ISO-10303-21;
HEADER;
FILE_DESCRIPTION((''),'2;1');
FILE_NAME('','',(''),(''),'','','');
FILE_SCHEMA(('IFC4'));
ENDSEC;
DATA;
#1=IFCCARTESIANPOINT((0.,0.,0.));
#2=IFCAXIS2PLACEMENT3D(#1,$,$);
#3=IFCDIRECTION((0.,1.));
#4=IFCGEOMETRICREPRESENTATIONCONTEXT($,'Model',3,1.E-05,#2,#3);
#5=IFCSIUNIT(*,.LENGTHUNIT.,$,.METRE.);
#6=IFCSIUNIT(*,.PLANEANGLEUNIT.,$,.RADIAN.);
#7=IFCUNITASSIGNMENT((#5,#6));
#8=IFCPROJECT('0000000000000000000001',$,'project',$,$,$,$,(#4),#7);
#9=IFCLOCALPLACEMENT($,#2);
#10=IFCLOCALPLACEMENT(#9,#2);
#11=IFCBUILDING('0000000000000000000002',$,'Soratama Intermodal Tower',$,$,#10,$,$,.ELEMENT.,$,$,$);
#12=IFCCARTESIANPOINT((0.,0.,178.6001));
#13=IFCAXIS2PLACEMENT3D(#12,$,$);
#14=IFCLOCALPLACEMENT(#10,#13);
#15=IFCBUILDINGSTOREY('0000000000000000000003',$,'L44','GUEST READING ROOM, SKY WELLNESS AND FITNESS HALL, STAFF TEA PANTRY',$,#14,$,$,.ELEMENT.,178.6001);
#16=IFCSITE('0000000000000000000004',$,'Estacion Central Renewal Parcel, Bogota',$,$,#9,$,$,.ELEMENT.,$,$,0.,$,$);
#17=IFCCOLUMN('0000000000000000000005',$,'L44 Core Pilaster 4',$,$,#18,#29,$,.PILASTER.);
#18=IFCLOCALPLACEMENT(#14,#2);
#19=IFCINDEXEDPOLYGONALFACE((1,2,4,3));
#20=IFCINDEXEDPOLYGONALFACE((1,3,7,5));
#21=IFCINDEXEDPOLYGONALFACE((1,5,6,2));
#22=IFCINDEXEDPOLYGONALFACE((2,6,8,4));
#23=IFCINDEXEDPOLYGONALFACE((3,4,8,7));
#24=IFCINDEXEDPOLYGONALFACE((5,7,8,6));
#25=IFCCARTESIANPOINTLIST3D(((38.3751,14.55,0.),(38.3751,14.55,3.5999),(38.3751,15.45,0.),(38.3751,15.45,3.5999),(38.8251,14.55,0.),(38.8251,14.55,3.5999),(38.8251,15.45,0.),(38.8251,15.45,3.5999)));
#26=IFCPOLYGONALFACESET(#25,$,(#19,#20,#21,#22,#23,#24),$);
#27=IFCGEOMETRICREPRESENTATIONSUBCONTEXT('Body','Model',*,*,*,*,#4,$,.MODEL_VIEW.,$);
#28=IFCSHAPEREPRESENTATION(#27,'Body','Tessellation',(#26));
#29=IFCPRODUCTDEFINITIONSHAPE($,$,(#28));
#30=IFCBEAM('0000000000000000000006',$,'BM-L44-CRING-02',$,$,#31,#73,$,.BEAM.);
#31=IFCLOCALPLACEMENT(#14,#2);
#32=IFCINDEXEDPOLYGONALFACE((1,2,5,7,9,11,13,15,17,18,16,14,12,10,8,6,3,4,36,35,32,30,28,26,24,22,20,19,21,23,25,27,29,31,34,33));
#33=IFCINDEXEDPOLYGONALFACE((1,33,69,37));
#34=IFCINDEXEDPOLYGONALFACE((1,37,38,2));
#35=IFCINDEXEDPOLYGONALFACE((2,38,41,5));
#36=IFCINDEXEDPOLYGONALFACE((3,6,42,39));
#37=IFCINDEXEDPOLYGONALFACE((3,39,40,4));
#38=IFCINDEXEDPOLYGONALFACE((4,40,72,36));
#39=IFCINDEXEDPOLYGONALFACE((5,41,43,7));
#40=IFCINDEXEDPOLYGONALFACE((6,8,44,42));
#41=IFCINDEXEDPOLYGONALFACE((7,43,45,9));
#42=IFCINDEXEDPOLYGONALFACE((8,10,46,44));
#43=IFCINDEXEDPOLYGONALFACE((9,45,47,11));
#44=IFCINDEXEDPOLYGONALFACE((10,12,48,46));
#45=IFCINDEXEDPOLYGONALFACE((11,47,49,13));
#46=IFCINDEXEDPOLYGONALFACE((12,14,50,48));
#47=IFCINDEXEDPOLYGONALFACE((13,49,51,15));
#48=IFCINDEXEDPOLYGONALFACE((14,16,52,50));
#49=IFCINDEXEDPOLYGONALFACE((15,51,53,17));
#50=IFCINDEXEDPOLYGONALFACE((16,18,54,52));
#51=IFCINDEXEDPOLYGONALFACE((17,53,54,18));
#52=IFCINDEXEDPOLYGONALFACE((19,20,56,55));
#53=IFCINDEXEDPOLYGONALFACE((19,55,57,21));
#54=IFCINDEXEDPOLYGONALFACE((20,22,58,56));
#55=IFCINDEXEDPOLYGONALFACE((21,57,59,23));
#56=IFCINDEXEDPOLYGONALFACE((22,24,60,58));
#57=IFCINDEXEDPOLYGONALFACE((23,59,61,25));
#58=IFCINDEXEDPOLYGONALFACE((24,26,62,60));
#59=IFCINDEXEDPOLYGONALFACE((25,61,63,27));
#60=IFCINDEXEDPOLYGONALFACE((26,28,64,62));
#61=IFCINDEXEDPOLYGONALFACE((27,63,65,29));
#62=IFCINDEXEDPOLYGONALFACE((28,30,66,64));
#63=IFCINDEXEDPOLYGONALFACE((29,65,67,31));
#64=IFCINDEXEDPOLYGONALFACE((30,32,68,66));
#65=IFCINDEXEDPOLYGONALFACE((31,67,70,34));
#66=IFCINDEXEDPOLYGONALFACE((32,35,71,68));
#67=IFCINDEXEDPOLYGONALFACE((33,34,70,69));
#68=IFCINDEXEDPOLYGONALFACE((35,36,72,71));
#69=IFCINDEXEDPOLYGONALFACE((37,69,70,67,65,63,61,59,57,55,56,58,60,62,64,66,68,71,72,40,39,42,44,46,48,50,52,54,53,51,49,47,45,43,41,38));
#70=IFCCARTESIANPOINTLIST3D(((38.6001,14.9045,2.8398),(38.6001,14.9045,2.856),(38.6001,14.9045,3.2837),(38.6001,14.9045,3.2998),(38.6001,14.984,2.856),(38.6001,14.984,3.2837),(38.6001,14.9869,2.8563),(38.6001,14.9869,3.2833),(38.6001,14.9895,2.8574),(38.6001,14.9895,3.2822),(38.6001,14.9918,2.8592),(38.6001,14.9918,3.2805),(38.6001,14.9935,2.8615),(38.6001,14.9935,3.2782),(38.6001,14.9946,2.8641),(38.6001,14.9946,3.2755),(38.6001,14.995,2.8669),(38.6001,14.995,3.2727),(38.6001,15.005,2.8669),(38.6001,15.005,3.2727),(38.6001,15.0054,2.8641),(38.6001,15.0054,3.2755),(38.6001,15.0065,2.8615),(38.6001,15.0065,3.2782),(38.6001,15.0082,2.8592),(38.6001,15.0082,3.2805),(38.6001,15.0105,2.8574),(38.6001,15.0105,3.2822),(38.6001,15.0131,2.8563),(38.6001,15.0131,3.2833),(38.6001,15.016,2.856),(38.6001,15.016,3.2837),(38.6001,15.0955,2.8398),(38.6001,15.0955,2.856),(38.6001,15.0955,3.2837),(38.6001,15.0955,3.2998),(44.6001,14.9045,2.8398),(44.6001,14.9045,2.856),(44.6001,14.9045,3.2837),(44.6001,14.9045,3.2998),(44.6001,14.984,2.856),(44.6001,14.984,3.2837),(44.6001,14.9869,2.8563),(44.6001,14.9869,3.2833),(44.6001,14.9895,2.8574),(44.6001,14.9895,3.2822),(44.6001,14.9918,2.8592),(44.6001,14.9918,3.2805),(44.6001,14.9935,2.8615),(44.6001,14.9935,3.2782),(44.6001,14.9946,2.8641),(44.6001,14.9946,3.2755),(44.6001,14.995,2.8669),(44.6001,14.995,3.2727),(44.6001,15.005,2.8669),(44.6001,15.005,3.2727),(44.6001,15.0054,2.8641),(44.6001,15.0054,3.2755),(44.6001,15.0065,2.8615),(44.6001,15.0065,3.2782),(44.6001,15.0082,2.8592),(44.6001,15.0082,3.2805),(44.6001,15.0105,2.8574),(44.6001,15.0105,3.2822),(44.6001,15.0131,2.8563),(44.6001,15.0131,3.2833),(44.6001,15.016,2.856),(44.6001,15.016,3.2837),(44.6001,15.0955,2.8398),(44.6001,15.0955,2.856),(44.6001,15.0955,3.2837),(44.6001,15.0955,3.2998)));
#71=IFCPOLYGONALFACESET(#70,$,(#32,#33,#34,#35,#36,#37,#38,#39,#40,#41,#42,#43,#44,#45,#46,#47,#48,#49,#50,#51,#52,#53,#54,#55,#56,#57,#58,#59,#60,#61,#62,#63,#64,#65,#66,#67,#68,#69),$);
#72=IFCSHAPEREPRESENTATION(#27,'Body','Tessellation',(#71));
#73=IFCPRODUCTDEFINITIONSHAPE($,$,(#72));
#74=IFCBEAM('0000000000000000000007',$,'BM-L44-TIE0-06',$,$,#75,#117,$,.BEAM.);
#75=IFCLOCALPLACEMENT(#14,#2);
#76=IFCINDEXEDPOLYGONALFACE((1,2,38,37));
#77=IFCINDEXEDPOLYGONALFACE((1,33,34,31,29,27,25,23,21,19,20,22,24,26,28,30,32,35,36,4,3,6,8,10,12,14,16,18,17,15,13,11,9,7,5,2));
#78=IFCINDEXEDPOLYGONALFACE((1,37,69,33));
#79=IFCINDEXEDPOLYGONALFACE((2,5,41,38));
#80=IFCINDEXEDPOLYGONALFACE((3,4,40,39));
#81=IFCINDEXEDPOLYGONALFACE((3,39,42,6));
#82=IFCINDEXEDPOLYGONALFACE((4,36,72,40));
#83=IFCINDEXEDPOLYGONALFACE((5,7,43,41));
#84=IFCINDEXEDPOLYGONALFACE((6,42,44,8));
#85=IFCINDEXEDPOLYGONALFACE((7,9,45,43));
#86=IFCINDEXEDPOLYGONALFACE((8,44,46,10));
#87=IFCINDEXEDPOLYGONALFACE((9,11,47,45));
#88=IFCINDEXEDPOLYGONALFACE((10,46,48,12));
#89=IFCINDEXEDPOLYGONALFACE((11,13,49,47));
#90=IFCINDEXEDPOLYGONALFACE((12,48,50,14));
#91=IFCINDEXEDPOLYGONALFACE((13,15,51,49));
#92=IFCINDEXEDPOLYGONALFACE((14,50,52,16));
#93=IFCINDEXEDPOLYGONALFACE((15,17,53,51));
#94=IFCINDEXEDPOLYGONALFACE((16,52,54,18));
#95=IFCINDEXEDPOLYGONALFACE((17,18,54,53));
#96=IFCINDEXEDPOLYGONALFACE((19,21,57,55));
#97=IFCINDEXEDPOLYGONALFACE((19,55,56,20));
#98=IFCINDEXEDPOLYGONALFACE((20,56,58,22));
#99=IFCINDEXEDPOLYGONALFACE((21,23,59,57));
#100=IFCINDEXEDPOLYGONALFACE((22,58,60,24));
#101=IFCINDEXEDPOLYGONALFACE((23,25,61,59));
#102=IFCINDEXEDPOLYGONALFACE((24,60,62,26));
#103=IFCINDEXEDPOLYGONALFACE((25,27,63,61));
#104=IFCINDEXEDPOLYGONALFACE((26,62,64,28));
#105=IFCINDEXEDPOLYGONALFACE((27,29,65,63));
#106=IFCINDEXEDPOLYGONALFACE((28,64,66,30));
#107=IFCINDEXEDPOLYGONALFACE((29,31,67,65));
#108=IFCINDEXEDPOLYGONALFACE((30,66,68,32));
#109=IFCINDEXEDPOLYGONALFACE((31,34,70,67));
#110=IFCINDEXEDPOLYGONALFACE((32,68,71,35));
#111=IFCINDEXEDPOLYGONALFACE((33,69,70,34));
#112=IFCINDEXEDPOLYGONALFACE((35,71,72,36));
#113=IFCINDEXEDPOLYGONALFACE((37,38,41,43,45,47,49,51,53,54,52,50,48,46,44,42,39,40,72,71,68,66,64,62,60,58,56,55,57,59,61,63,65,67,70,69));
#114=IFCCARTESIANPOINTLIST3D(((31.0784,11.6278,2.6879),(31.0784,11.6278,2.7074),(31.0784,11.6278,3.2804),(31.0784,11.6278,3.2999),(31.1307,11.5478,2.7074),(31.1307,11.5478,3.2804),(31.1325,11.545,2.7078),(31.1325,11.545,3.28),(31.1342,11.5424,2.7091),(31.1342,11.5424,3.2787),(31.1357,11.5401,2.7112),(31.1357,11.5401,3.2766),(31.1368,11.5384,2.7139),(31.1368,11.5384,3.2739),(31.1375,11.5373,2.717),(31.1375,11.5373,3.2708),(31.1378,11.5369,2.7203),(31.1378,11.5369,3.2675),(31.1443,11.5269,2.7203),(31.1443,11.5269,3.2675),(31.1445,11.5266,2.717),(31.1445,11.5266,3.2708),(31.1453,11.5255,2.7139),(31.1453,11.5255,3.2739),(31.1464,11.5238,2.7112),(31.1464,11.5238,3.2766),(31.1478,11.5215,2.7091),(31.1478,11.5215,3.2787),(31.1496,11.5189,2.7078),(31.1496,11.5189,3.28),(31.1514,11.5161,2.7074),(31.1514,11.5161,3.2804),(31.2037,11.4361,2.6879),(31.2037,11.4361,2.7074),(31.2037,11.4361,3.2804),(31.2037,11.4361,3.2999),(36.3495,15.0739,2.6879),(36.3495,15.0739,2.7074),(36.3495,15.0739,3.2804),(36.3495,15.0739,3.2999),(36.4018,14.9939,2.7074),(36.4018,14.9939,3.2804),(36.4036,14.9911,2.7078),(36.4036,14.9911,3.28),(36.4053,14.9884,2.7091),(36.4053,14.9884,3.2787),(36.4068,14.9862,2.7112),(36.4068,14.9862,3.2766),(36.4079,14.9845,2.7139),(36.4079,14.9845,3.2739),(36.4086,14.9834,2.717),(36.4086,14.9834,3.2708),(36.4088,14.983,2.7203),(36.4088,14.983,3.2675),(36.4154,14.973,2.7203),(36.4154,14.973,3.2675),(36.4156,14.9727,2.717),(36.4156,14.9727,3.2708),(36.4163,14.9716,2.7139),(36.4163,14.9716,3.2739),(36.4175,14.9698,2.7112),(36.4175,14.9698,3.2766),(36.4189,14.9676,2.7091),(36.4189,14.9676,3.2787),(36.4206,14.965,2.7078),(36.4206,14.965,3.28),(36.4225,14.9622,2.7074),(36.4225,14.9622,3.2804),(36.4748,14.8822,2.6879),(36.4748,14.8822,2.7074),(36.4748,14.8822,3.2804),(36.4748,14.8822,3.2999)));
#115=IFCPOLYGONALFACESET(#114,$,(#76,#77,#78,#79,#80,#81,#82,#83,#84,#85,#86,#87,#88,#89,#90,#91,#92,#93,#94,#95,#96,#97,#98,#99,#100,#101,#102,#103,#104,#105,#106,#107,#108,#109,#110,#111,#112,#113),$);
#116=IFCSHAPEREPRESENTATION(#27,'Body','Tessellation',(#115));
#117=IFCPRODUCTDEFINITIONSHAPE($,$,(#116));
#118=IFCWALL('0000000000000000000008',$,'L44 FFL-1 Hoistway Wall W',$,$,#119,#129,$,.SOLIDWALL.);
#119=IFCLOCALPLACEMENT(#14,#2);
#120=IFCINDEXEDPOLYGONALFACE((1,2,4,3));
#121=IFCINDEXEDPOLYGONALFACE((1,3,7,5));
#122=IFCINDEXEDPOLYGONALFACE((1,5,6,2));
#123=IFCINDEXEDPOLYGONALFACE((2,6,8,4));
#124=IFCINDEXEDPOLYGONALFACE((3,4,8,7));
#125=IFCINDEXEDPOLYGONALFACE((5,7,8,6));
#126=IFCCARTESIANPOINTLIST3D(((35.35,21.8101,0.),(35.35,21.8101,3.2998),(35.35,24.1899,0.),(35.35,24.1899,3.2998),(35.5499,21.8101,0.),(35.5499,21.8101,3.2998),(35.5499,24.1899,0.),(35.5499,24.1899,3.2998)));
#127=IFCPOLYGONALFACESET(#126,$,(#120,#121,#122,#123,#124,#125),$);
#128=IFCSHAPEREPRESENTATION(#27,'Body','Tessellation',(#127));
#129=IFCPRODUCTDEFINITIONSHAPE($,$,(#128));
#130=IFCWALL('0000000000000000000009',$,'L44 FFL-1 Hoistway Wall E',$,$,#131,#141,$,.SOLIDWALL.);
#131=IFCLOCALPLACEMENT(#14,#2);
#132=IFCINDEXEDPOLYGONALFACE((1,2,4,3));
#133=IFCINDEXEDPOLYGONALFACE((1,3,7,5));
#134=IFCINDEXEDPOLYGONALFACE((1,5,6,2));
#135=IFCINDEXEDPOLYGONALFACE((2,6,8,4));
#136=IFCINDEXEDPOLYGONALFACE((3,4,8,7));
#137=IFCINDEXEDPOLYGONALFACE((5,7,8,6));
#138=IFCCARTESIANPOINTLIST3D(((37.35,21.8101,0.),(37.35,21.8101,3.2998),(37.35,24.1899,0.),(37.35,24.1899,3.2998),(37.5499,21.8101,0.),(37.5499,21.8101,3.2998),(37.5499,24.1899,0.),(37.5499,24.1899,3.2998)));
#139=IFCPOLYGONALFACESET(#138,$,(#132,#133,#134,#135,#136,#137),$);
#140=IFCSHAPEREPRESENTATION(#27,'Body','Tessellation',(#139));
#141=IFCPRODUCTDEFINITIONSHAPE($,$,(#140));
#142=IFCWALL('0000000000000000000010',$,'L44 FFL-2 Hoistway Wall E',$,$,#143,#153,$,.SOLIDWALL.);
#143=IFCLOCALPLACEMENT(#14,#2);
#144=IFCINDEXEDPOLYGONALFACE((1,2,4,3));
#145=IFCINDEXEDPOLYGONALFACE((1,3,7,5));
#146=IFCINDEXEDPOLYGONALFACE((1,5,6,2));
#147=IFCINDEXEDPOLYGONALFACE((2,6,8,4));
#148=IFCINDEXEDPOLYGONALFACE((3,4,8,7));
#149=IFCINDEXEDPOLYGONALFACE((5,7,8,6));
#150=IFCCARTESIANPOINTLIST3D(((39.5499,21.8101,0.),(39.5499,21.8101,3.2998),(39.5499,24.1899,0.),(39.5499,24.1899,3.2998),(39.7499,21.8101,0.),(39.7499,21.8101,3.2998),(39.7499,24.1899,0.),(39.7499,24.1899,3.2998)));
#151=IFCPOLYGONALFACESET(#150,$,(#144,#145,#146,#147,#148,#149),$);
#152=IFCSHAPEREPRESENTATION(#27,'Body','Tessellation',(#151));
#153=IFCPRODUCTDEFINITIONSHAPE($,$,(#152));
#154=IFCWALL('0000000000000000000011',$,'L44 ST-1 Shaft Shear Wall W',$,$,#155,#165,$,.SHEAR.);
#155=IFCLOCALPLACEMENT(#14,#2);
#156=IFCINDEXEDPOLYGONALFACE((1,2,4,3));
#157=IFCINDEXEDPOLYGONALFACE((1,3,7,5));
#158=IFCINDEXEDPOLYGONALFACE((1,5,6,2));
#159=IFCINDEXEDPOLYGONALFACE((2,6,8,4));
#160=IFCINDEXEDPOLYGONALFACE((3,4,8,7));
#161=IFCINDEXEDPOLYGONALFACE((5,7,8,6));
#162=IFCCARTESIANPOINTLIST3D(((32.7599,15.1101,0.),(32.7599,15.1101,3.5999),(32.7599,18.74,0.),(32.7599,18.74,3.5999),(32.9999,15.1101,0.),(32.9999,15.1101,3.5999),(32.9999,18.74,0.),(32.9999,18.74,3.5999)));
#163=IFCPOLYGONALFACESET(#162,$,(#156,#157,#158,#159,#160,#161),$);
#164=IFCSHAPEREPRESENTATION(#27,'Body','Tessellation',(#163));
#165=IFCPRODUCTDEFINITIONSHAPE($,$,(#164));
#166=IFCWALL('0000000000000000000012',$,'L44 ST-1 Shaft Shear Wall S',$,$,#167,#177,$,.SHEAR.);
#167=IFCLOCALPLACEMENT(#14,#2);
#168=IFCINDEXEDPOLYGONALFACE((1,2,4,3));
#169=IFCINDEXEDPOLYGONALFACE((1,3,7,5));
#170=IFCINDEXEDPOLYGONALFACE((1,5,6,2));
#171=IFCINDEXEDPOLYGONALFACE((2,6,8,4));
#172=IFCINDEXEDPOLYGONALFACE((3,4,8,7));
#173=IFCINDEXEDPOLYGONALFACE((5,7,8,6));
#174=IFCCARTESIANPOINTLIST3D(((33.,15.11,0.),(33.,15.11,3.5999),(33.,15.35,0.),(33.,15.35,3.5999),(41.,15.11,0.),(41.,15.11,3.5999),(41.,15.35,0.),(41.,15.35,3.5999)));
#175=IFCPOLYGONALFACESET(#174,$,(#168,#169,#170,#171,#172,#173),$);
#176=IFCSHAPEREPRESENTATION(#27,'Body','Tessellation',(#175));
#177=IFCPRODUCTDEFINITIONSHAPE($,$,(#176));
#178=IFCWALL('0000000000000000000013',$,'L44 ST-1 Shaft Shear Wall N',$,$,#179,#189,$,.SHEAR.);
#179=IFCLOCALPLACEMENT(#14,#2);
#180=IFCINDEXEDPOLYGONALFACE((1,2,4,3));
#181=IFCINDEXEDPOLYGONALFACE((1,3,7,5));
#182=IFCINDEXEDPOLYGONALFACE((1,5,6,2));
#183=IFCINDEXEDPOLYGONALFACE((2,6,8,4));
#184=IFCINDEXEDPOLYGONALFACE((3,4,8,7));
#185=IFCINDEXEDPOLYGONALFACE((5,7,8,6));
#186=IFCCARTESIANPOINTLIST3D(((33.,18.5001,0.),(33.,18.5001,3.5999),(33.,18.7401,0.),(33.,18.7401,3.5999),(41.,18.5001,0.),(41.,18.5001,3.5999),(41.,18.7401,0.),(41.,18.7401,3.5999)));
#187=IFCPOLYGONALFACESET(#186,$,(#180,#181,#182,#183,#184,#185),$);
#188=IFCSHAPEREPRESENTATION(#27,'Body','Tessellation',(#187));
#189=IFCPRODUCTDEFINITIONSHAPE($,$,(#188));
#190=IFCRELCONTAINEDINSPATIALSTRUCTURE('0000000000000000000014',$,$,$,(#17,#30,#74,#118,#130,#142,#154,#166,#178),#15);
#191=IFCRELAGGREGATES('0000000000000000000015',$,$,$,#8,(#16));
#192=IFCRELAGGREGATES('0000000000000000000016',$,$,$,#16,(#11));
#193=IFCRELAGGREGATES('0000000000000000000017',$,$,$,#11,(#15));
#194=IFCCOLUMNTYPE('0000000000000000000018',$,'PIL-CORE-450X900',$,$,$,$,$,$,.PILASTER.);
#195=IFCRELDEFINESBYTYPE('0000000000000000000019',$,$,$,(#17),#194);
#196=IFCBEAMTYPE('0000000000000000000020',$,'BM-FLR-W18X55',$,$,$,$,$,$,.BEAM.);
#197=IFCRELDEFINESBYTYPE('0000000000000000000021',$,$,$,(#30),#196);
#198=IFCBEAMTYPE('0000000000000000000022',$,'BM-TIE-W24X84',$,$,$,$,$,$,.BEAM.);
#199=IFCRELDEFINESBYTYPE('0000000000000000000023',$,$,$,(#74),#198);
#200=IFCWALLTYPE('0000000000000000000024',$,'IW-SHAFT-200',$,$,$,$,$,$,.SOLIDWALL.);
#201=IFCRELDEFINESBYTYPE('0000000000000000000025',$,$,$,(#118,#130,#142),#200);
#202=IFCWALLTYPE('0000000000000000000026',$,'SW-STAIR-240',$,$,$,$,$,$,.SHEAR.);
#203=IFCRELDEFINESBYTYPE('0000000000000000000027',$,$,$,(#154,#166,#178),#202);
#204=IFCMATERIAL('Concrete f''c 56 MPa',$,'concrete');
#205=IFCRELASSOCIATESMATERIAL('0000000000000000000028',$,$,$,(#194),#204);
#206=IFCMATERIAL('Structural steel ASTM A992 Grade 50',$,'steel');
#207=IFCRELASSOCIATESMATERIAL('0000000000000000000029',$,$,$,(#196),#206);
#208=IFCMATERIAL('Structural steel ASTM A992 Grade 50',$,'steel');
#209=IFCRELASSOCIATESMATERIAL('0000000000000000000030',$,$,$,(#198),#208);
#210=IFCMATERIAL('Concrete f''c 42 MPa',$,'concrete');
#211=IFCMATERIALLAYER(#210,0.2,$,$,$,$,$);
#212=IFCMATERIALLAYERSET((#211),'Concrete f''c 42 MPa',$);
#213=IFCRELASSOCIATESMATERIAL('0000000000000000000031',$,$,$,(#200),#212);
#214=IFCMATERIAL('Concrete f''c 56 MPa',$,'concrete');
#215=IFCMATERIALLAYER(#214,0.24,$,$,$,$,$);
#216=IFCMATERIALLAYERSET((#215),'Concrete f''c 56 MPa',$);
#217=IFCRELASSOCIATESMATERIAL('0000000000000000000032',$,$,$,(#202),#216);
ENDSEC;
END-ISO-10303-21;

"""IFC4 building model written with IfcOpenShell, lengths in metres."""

from ifc_helpers import new_model, si_unit, direction, frame, frame_2d, origin, origin_2d, place, context, subcontext, project, spatial, rectangle, i_section, extrude, material, layer, layer_set, material_profile, profile_set, type_object, element, save


model = new_model("IFC4")

# Units and contexts
model_context = context("Model", 3, precision=1e-05, world=origin(), true_north=direction((0.0, 1.0)))
body_context = subcontext(model_context, "Body", "Model", "MODEL_VIEW")
ifc_project = project(units=[si_unit("LENGTHUNIT", "METRE"), si_unit("PLANEANGLEUNIT", "RADIAN")], contexts=[model_context])

# Site, building, storey
site_placement = place(None, origin())
site = spatial("IfcSite", under=ifc_project, at=site_placement, Name="Estacion Central Renewal Parcel, Bogota", CompositionType="ELEMENT", RefElevation=0.0)
building_placement = place(site_placement, origin())
building = spatial("IfcBuilding", under=site, at=building_placement, Name="Soratama Intermodal Tower", CompositionType="ELEMENT")
storey_placement = place(building_placement, frame((0.0, 0.0, 178.6001)))
storey = spatial("IfcBuildingStorey", under=building, at=storey_placement, Name="L44", Description="GUEST READING ROOM, SKY WELLNESS AND FITNESS HALL, STAFF TEA PANTRY", CompositionType="ELEMENT", Elevation=178.6001)

# Column
ifc_material_1 = material(Name="Concrete f'c 56 MPa", Category="concrete")
ifc_material_profile_1 = material_profile(ifc_material_1, rectangle(XDim=0.45, YDim=0.8999, at=origin_2d()), Name="RC450X900")
ifc_profile_set_1 = profile_set([ifc_material_profile_1], Name="Concrete f'c 56 MPa")
column_type = type_object("IfcColumnType", Name="PIL-CORE-450X900", PredefinedType="PILASTER", material=ifc_profile_set_1)
column_placement = place(storey_placement, frame((38.6001, 15.0, 0.0), z_axis=(0.0, 0.0, 1.0), x_axis=(1.0, 0.0, 0.0)))
element("IfcColumn", 1, at=column_placement, inside=storey, type_object=column_type, Name="L44 Core Pilaster 4", PredefinedType="PILASTER", context=body_context, shape_type="SweptSolid", body=[
    extrude(rectangle(XDim=0.45, YDim=0.8999, at=origin_2d()), origin(), (0.0, 0.0, 1.0), 3.5999),
])

# Beams
ifc_material_2 = material(Name="Structural steel ASTM A992 Grade 50", Category="steel")
ifc_material_profile_2 = material_profile(ifc_material_2, i_section(OverallWidth=0.1909, OverallDepth=0.46, WebThickness=0.01, FlangeThickness=0.0161, FilletRadius=0.011, at=origin_2d()), Name="W18X55")
ifc_profile_set_2 = profile_set([ifc_material_profile_2], Name="Structural steel ASTM A992 Grade 50")
beam_type_1 = type_object("IfcBeamType", Name="BM-FLR-W18X55", PredefinedType="BEAM", material=ifc_profile_set_2)
beam_1_placement = place(storey_placement, frame((38.6001, 15.0, 3.0698), z_axis=(1.0, 0.0, 0.0), x_axis=(0.0, 1.0, 0.0)))
element("IfcBeam", 2, at=beam_1_placement, inside=storey, type_object=beam_type_1, Name="BM-L44-CRING-02", PredefinedType="BEAM", context=body_context, shape_type="SweptSolid", body=[
    extrude(i_section(OverallWidth=0.1909, OverallDepth=0.46, WebThickness=0.01, FlangeThickness=0.0161, FilletRadius=0.011, at=origin_2d()), origin(), (0.0, 0.0, 1.0), 6.0),
])
ifc_material_3 = material(Name="Structural steel ASTM A992 Grade 50", Category="steel")
ifc_material_profile_3 = material_profile(ifc_material_3, i_section(OverallWidth=0.229, OverallDepth=0.6121, WebThickness=0.012, FlangeThickness=0.0195, FilletRadius=0.0129, at=origin_2d()), Name="W24X84")
ifc_profile_set_3 = profile_set([ifc_material_profile_3], Name="Structural steel ASTM A992 Grade 50")
beam_type_2 = type_object("IfcBeamType", Name="BM-TIE-W24X84", PredefinedType="BEAM", material=ifc_profile_set_3)
beam_2_placement = place(storey_placement, frame((36.4121, 14.978, 2.9939), z_axis=(-0.836997, -0.547208, 0.0), x_axis=(0.547208, -0.836997, 0.0)))
element("IfcBeam", 3, at=beam_2_placement, inside=storey, type_object=beam_type_2, Name="BM-L44-TIE0-06", PredefinedType="BEAM", context=body_context, shape_type="SweptSolid", body=[
    extrude(i_section(OverallWidth=0.229, OverallDepth=0.6121, WebThickness=0.012, FlangeThickness=0.0195, FilletRadius=0.0129, at=origin_2d()), origin(), (0.0, 0.0, 1.0), 6.2976),
])

# Shared definitions
ifc_material_4 = material(Name="Concrete f'c 42 MPa", Category="concrete")
ifc_layer_1 = layer(ifc_material_4, 0.2)
ifc_layer_set_1 = layer_set([ifc_layer_1], Name="Concrete f'c 42 MPa")
wall_type_1 = type_object("IfcWallType", Name="IW-SHAFT-200", PredefinedType="SOLIDWALL", material=ifc_layer_set_1)

# Walls
for number, where, z_axis, x_axis, name in (
    (4, (35.45, 21.8101, 0.0), (0.0, 0.0, 1.0), (0.0, 1.0, 0.0), "L44 FFL-1 Hoistway Wall W"),
    (5, (37.45, 21.8101, 0.0), (0.0, 0.0, 1.0), (0.0, 1.0, 0.0), "L44 FFL-1 Hoistway Wall E"),
):
    element("IfcWall", number, at=place(storey_placement, frame(where, z_axis=z_axis, x_axis=x_axis)), inside=storey, type_object=wall_type_1, Name=name, PredefinedType="SOLIDWALL", context=body_context, shape_type="SweptSolid", body=[
        extrude(rectangle(XDim=2.3799, YDim=0.2, at=frame_2d((1.1899, 0.0))), origin(), (0.0, 0.0, 1.0), 3.2998),
    ])

# Wall
wall_1_placement = place(storey_placement, frame((39.6499, 21.8101, 0.0), z_axis=(0.0, 0.0, 1.0), x_axis=(0.0, 1.0, 0.0)))
element("IfcWall", 6, at=wall_1_placement, inside=storey, type_object=wall_type_1, Name="L44 FFL-2 Hoistway Wall E", PredefinedType="SOLIDWALL", context=body_context, shape_type="SweptSolid", body=[
    extrude(rectangle(XDim=2.3799, YDim=0.2, at=frame_2d((1.1899, 0.0))), origin(), (0.0, 0.0, 1.0), 3.2998),
])

# Wall
ifc_material_5 = material(Name="Concrete f'c 56 MPa", Category="concrete")
ifc_layer_2 = layer(ifc_material_5, 0.24)
ifc_layer_set_2 = layer_set([ifc_layer_2], Name="Concrete f'c 56 MPa")
wall_type_2 = type_object("IfcWallType", Name="SW-STAIR-240", PredefinedType="SHEAR", material=ifc_layer_set_2)
wall_2_placement = place(storey_placement, frame((32.8799, 15.1101, 0.0), z_axis=(0.0, 0.0, 1.0), x_axis=(0.0, 1.0, 0.0)))
element("IfcWall", 7, at=wall_2_placement, inside=storey, type_object=wall_type_2, Name="L44 ST-1 Shaft Shear Wall W", PredefinedType="SHEAR", context=body_context, shape_type="SweptSolid", body=[
    extrude(rectangle(XDim=3.6299, YDim=0.24, at=frame_2d((1.8149, 0.0))), origin(), (0.0, 0.0, 1.0), 3.5999),
])

# Walls
for number, where, z_axis, x_axis, name in (
    (8, (33.0, 15.23, 0.0), (0.0, 0.0, 1.0), (1.0, 0.0, 0.0), "L44 ST-1 Shaft Shear Wall S"),
    (9, (33.0, 18.6201, 0.0), (0.0, 0.0, 1.0), (1.0, 0.0, 0.0), "L44 ST-1 Shaft Shear Wall N"),
):
    element("IfcWall", number, at=place(storey_placement, frame(where, z_axis=z_axis, x_axis=x_axis)), inside=storey, type_object=wall_type_2, Name=name, PredefinedType="SHEAR", context=body_context, shape_type="SweptSolid", body=[
        extrude(rectangle(XDim=8.0, YDim=0.24, at=frame_2d((4.0, 0.0))), origin(), (0.0, 0.0, 1.0), 3.5999),
    ])

save(model, "model.ifc")
